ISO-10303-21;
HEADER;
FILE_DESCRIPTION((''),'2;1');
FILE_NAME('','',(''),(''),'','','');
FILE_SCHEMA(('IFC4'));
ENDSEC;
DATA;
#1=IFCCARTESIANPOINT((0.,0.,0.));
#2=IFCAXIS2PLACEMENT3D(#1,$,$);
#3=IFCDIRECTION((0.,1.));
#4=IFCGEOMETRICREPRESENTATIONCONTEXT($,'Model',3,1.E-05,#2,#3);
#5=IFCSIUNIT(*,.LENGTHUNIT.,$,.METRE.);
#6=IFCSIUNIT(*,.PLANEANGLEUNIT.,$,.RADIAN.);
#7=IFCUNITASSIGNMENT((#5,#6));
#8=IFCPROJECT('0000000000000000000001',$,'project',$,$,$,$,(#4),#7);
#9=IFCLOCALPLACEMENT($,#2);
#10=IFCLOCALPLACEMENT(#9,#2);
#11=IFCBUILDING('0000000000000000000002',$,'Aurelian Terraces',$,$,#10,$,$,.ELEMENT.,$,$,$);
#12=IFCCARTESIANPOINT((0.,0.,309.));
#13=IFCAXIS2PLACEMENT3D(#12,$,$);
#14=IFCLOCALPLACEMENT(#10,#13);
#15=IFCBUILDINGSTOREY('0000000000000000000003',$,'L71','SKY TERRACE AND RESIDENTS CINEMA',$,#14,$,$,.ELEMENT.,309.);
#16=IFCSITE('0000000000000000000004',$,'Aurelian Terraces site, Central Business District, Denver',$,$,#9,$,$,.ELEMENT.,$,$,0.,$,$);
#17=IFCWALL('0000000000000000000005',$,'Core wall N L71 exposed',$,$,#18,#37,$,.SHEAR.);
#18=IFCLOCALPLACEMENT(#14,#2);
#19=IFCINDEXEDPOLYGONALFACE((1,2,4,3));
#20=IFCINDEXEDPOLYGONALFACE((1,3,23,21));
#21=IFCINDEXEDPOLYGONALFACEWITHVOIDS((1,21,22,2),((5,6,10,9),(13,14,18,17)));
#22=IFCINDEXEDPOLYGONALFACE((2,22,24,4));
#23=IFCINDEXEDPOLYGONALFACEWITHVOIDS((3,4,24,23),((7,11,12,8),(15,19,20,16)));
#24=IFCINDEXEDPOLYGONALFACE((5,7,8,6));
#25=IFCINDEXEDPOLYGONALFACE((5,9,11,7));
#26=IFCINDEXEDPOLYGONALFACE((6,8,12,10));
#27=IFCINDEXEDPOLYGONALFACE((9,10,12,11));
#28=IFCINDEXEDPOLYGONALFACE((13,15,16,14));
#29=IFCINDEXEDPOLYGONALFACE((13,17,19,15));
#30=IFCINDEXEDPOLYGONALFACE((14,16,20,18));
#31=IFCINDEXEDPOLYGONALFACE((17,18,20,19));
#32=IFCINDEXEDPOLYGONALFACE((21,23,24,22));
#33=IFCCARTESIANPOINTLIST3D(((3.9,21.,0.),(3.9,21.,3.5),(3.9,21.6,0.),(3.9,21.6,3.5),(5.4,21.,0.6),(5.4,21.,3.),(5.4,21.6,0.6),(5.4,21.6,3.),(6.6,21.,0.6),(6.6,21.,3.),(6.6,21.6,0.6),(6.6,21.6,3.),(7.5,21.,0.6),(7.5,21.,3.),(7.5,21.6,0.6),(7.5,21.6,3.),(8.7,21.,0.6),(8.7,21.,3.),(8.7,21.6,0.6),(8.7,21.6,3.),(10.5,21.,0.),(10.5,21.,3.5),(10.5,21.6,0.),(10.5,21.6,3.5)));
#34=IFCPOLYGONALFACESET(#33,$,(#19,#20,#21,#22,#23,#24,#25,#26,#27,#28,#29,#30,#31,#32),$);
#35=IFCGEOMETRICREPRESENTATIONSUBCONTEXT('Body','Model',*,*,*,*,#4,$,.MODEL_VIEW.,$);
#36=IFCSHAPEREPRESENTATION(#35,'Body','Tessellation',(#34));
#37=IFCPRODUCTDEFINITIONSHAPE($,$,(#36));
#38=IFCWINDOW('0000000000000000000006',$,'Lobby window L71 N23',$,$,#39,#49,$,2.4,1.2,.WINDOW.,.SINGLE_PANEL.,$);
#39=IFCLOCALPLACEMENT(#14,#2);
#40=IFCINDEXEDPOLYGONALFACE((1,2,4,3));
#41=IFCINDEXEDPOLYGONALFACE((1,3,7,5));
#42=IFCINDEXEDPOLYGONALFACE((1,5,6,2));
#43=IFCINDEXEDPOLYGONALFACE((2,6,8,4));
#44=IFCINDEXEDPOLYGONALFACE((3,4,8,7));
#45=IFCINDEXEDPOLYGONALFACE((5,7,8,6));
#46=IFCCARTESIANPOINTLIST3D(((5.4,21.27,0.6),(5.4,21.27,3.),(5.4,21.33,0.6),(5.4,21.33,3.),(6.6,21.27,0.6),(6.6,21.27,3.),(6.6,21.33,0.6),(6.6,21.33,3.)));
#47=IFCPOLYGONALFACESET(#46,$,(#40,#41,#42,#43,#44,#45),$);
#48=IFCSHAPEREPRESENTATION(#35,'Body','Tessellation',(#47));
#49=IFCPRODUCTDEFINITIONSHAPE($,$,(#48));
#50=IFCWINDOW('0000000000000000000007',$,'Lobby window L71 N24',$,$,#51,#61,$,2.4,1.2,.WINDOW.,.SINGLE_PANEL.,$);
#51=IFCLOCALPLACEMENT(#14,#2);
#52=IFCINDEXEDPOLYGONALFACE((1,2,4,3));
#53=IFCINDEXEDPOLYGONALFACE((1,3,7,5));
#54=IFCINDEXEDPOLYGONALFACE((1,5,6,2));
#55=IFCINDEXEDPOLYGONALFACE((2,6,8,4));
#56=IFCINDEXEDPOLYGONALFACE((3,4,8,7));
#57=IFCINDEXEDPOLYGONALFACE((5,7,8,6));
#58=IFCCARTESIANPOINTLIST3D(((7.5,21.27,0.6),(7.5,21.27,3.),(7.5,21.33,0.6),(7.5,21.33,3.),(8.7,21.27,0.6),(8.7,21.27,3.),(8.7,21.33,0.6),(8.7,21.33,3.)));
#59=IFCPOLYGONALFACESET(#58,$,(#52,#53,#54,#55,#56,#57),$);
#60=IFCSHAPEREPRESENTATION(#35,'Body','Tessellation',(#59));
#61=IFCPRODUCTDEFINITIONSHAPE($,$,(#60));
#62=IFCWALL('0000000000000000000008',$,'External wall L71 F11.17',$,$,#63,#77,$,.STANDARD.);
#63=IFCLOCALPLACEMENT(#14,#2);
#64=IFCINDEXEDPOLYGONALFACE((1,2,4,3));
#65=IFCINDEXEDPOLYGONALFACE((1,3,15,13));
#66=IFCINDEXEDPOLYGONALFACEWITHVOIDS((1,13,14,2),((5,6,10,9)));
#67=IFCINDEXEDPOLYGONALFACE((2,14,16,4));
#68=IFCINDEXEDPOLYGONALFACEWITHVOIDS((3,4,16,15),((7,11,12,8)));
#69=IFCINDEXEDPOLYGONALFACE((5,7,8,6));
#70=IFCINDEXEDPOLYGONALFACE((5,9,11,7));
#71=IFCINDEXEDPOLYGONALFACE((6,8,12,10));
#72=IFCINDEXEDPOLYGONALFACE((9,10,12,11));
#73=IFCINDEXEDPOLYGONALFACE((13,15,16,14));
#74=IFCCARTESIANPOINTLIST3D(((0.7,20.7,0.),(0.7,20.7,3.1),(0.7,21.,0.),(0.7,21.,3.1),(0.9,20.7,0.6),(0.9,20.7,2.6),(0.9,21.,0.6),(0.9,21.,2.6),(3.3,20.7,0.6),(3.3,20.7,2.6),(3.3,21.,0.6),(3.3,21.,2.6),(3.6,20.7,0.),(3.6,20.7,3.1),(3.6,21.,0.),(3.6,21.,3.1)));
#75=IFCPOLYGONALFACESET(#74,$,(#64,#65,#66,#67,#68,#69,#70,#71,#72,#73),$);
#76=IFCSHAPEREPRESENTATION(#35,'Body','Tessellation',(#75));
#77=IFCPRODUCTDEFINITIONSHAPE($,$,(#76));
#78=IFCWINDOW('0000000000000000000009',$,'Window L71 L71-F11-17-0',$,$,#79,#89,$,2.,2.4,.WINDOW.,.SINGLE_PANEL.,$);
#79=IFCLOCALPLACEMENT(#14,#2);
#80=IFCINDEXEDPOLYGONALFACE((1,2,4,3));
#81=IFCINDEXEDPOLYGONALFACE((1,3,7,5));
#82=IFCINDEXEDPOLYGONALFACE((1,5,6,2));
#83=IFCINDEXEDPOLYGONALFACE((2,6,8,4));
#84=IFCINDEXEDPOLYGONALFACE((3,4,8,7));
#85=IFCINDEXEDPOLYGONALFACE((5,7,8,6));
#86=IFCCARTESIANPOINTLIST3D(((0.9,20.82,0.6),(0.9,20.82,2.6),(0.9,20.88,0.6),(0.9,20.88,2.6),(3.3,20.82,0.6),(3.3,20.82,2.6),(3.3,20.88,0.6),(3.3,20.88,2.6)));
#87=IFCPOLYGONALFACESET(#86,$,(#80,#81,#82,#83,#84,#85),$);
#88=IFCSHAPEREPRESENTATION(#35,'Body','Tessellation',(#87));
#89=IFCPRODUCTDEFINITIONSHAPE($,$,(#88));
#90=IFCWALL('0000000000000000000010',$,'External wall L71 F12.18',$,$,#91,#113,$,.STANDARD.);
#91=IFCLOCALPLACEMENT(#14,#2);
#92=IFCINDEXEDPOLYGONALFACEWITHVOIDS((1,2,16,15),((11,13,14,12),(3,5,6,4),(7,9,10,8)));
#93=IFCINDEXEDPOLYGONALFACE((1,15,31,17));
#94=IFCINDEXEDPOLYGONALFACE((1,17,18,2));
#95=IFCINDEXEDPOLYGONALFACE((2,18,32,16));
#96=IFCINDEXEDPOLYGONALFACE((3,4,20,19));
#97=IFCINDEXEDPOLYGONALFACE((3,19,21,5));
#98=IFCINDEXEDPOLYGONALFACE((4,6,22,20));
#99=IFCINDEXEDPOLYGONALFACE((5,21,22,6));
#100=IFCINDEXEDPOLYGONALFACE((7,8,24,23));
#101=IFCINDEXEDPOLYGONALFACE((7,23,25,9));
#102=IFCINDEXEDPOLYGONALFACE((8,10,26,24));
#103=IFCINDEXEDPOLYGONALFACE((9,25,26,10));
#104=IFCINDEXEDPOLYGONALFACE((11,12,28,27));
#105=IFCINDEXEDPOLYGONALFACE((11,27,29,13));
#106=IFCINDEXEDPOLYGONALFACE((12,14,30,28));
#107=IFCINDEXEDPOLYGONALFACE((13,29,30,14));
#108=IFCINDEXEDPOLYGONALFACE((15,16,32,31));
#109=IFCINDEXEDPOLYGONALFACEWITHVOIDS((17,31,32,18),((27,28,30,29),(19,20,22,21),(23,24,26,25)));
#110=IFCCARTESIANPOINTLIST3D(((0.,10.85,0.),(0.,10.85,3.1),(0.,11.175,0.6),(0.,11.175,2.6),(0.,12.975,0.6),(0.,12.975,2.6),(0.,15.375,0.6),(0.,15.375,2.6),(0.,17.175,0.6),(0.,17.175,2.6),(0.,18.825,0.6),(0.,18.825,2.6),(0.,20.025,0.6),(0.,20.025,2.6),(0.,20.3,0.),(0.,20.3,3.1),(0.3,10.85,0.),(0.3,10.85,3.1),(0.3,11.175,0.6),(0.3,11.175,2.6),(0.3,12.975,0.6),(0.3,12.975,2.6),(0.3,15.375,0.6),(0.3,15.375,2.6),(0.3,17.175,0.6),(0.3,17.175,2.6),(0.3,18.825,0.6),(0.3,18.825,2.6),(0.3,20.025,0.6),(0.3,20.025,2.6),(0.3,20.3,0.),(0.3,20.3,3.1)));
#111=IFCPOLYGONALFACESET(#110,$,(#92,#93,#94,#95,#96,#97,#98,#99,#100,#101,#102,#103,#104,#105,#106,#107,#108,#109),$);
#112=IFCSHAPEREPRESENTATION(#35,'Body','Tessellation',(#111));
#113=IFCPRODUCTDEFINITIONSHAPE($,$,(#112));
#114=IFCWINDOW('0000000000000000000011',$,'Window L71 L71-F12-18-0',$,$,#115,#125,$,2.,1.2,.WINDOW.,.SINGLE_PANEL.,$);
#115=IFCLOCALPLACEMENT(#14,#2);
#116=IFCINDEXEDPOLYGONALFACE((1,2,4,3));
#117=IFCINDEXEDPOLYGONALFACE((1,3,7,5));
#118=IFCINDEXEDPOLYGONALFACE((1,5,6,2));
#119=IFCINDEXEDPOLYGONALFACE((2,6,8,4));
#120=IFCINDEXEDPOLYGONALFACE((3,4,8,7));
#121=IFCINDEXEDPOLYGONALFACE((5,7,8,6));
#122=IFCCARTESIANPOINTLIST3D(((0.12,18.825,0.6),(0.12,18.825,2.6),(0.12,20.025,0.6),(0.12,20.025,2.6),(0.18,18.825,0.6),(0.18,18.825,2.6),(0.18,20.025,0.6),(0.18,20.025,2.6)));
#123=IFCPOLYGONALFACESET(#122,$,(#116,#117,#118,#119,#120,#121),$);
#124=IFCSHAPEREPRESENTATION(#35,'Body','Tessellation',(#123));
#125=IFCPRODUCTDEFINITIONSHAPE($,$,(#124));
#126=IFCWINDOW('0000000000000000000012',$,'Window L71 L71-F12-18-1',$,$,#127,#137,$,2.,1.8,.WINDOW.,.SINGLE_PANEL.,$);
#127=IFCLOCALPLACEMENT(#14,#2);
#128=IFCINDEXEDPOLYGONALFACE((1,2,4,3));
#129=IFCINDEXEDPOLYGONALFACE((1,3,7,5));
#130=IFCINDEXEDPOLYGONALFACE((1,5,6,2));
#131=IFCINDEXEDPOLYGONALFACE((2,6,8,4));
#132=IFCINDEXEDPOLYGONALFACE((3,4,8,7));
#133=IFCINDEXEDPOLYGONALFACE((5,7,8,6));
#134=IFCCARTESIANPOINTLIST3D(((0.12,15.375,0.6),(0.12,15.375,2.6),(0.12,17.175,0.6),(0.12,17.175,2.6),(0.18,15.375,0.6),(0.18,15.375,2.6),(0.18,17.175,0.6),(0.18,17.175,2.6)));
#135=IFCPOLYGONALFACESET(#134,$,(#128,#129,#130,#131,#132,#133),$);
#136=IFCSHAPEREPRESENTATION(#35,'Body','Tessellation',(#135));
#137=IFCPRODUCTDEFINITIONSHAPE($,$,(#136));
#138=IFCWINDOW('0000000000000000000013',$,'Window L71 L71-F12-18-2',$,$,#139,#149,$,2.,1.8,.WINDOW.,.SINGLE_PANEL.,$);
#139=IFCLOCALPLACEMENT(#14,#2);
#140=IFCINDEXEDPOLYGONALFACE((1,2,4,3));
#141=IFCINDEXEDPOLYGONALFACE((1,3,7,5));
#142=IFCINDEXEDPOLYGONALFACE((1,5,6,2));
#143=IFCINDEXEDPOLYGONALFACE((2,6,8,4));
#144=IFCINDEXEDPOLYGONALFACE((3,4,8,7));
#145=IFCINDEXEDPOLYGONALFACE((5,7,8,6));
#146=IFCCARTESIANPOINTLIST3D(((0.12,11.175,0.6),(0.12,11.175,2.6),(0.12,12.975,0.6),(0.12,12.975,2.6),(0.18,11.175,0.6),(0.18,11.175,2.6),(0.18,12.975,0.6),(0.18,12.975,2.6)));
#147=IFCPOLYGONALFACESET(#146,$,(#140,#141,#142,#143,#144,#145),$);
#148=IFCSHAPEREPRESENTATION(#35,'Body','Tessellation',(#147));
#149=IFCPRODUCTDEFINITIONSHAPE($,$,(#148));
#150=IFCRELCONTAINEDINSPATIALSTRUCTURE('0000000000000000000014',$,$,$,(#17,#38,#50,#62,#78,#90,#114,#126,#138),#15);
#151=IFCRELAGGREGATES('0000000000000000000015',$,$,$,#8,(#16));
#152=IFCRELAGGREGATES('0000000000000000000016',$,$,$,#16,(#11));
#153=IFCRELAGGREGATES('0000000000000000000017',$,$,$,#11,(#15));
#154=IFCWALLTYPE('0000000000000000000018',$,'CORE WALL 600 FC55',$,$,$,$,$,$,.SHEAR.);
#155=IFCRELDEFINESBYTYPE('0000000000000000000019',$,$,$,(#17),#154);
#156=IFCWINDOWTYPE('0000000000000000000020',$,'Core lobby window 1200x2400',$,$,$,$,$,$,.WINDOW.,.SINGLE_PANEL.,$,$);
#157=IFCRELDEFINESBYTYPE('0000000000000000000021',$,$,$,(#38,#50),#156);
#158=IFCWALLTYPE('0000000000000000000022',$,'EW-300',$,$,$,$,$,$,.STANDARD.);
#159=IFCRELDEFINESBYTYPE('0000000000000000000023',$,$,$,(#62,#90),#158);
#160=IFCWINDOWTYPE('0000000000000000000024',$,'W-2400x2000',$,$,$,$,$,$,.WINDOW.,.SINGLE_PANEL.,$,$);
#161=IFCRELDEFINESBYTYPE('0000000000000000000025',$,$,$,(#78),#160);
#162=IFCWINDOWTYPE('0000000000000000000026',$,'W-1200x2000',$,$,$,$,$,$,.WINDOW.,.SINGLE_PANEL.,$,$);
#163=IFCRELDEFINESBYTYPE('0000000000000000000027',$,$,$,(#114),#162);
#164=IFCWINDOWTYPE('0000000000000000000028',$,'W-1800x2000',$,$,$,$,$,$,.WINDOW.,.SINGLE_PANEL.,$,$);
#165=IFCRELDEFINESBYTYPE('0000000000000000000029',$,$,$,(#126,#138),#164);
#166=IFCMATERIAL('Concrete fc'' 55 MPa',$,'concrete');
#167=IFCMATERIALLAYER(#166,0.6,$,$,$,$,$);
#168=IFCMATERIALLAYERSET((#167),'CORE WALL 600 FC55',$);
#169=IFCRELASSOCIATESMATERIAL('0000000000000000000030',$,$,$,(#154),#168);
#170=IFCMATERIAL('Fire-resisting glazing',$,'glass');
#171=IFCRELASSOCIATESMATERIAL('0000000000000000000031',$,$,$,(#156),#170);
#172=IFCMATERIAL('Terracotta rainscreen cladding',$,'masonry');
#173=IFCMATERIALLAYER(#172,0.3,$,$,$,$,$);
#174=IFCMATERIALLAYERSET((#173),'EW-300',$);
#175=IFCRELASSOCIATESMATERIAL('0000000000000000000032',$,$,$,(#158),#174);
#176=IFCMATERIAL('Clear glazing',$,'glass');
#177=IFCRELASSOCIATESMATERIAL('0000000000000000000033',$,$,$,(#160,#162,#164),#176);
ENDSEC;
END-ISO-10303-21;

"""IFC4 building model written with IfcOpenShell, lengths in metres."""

from ifc_helpers import new_model, si_unit, direction, frame, frame_2d, origin, place, context, subcontext, project, spatial, rectangle, extrude, source, transform, mapped, material, layer, layer_set, type_object, element, fill, save


model = new_model("IFC4")

# Units and contexts
model_context = context("Model", 3, precision=1e-05, world=origin(), true_north=direction((0.0, 1.0)))
body_context = subcontext(model_context, "Body", "Model", "MODEL_VIEW")
ifc_project = project(units=[si_unit("LENGTHUNIT", "METRE"), si_unit("PLANEANGLEUNIT", "RADIAN")], contexts=[model_context])

# Site, building, storey
site_placement = place(None, origin())
site = spatial("IfcSite", under=ifc_project, at=site_placement, Name="Aurelian Terraces site, Central Business District, Denver", CompositionType="ELEMENT", RefElevation=0.0)
building_placement = place(site_placement, origin())
building = spatial("IfcBuilding", under=site, at=building_placement, Name="Aurelian Terraces", CompositionType="ELEMENT")
storey_placement = place(building_placement, frame((0.0, 0.0, 309.0)))
storey = spatial("IfcBuildingStorey", under=building, at=storey_placement, Name="L71", Description="SKY TERRACE AND RESIDENTS CINEMA", CompositionType="ELEMENT", Elevation=309.0)

# Shared definitions
ifc_material_1 = material(Name="Concrete fc' 55 MPa", Category="concrete")

# Shared definitions
ifc_layer_1 = layer(ifc_material_1, 0.6)
ifc_layer_set_1 = layer_set([ifc_layer_1], Name="CORE WALL 600 FC55")
wall_type_1 = type_object("IfcWallType", Name="CORE WALL 600 FC55", PredefinedType="SHEAR", material=ifc_layer_set_1)

# Wall, openings, windows
shared_shape_1 = source(origin(), body_context, "Body", "SweptSolid", [
    extrude(rectangle(XDim=6.6, YDim=0.6, at=frame_2d((3.3, 0.0))), origin(), (0.0, 0.0, 1.0), 3.5),
])
wall_1_placement = place(storey_placement, frame((3.9, 21.3, 0.0), z_axis=(0.0, 0.0, 1.0), x_axis=(1.0, 0.0, 0.0)))
wall_1 = element("IfcWall", 1, at=wall_1_placement, inside=storey, type_object=wall_type_1, Name="Core wall N L71 exposed", PredefinedType="SHEAR", context=body_context, shape_type="MappedRepresentation", body=[
    mapped(shared_shape_1, transform((0.0, 0.0, 0.0), scale=1.0)),
])
shared_shape_2 = source(origin(), body_context, "Body", "SweptSolid", [
    extrude(rectangle(XDim=1.2, YDim=2.4, at=frame_2d((0.6, 1.2))), frame((0.0, 0.31, 0.0), z_axis=(0.0, -1.0, 0.0), x_axis=(1.0, 0.0, 0.0)), (0.0, 0.0, 1.0), 0.62),
])
opening_1_placement = place(wall_1_placement, frame((1.5, 0.0, 0.6)))
opening_1 = element("IfcOpeningElement", 2, at=opening_1_placement, cuts=wall_1, PredefinedType="OPENING", context=body_context, shape_type="MappedRepresentation", body=[
    mapped(shared_shape_2, transform((0.0, 0.0, 0.0), scale=1.0)),
])
opening_2_placement = place(wall_1_placement, frame((3.6, 0.0, 0.6)))
opening_2 = element("IfcOpeningElement", 3, at=opening_2_placement, cuts=wall_1, PredefinedType="OPENING", context=body_context, shape_type="MappedRepresentation", body=[
    mapped(shared_shape_2, transform((0.0, 0.0, 0.0), scale=1.0)),
])
ifc_material_2 = material(Name="Fire-resisting glazing", Category="glass")
window_type_1 = type_object("IfcWindowType", Name="Core lobby window 1200x2400", PartitioningType="SINGLE_PANEL", PredefinedType="WINDOW", material=ifc_material_2)
shared_shape_3 = source(origin(), body_context, "Body", "SweptSolid", [
    extrude(rectangle(XDim=1.2, YDim=2.4, at=frame_2d((0.6, 1.2))), frame((0.0, 0.03, 0.0), z_axis=(0.0, -1.0, 0.0), x_axis=(1.0, 0.0, 0.0)), (0.0, 0.0, 1.0), 0.06),
])
window_1_placement = place(opening_1_placement, origin())
window_1 = element("IfcWindow", 4, at=window_1_placement, inside=storey, type_object=window_type_1, Name="Lobby window L71 N23", OverallHeight=2.4, OverallWidth=1.2, PartitioningType="SINGLE_PANEL", PredefinedType="WINDOW", context=body_context, shape_type="MappedRepresentation", body=[
    mapped(shared_shape_3, transform((0.0, 0.0, 0.0), scale=1.0)),
])
fill(opening_1, window_1)
window_2_placement = place(opening_2_placement, origin())
window_2 = element("IfcWindow", 5, at=window_2_placement, inside=storey, type_object=window_type_1, Name="Lobby window L71 N24", OverallHeight=2.4, OverallWidth=1.2, PartitioningType="SINGLE_PANEL", PredefinedType="WINDOW", context=body_context, shape_type="MappedRepresentation", body=[
    mapped(shared_shape_3, transform((0.0, 0.0, 0.0), scale=1.0)),
])
fill(opening_2, window_2)

# Wall, opening, window
ifc_material_3 = material(Name="Terracotta rainscreen cladding", Category="masonry")
ifc_layer_2 = layer(ifc_material_3, 0.3)
ifc_layer_set_2 = layer_set([ifc_layer_2], Name="EW-300")
wall_type_2 = type_object("IfcWallType", Name="EW-300", PredefinedType="STANDARD", material=ifc_layer_set_2)
shared_shape_4 = source(origin(), body_context, "Body", "SweptSolid", [
    extrude(rectangle(XDim=2.9, YDim=0.3, at=frame_2d((1.45, 0.0))), origin(), (0.0, 0.0, 1.0), 3.1),
])
wall_2_placement = place(storey_placement, frame((3.6, 20.85, 0.0), z_axis=(0.0, 0.0, 1.0), x_axis=(-1.0, 0.0, 0.0)))
wall_2 = element("IfcWall", 6, at=wall_2_placement, inside=storey, type_object=wall_type_2, Name="External wall L71 F11.17", PredefinedType="STANDARD", context=body_context, shape_type="MappedRepresentation", body=[
    mapped(shared_shape_4, transform((0.0, 0.0, 0.0), scale=1.0)),
])
shared_shape_5 = source(origin(), body_context, "Body", "SweptSolid", [
    extrude(rectangle(XDim=2.4, YDim=2.0, at=frame_2d((1.2, 1.0))), frame((0.0, 0.16, 0.0), z_axis=(0.0, -1.0, 0.0), x_axis=(1.0, 0.0, 0.0)), (0.0, 0.0, 1.0), 0.32),
])
opening_3_placement = place(wall_2_placement, frame((0.3, 0.0, 0.6)))
opening_3 = element("IfcOpeningElement", 7, at=opening_3_placement, cuts=wall_2, PredefinedType="OPENING", context=body_context, shape_type="MappedRepresentation", body=[
    mapped(shared_shape_5, transform((0.0, 0.0, 0.0), scale=1.0)),
])
ifc_material_4 = material(Name="Clear glazing", Category="glass")
window_type_2 = type_object("IfcWindowType", Name="W-2400x2000", PartitioningType="SINGLE_PANEL", PredefinedType="WINDOW", material=ifc_material_4)
shared_shape_6 = source(origin(), body_context, "Body", "SweptSolid", [
    extrude(rectangle(XDim=2.4, YDim=2.0, at=frame_2d((1.2, 1.0))), frame((0.0, 0.03, 0.0), z_axis=(0.0, -1.0, 0.0), x_axis=(1.0, 0.0, 0.0)), (0.0, 0.0, 1.0), 0.06),
])
window_3_placement = place(opening_3_placement, origin())
window_3 = element("IfcWindow", 8, at=window_3_placement, inside=storey, type_object=window_type_2, Name="Window L71 L71-F11-17-0", OverallHeight=2.0, OverallWidth=2.4, PartitioningType="SINGLE_PANEL", PredefinedType="WINDOW", context=body_context, shape_type="MappedRepresentation", body=[
    mapped(shared_shape_6, transform((0.0, 0.0, 0.0), scale=1.0)),
])
fill(opening_3, window_3)

# Wall, openings, windows
shared_shape_7 = source(origin(), body_context, "Body", "SweptSolid", [
    extrude(rectangle(XDim=9.45, YDim=0.3, at=frame_2d((4.725, 0.0))), origin(), (0.0, 0.0, 1.0), 3.1),
])
wall_3_placement = place(storey_placement, frame((0.15, 20.3, 0.0), z_axis=(0.0, 0.0, 1.0), x_axis=(0.0, -1.0, 0.0)))
wall_3 = element("IfcWall", 9, at=wall_3_placement, inside=storey, type_object=wall_type_2, Name="External wall L71 F12.18", PredefinedType="STANDARD", context=body_context, shape_type="MappedRepresentation", body=[
    mapped(shared_shape_7, transform((0.0, 0.0, 0.0), scale=1.0)),
])
shared_shape_8 = source(origin(), body_context, "Body", "SweptSolid", [
    extrude(rectangle(XDim=1.2, YDim=2.0, at=frame_2d((0.6, 1.0))), frame((0.0, 0.16, 0.0), z_axis=(0.0, -1.0, 0.0), x_axis=(1.0, 0.0, 0.0)), (0.0, 0.0, 1.0), 0.32),
])
opening_4_placement = place(wall_3_placement, frame((0.275, 0.0, 0.6)))
opening_4 = element("IfcOpeningElement", 10, at=opening_4_placement, cuts=wall_3, PredefinedType="OPENING", context=body_context, shape_type="MappedRepresentation", body=[
    mapped(shared_shape_8, transform((0.0, 0.0, 0.0), scale=1.0)),
])
shared_shape_9 = source(origin(), body_context, "Body", "SweptSolid", [
    extrude(rectangle(XDim=1.8, YDim=2.0, at=frame_2d((0.9, 1.0))), frame((0.0, 0.16, 0.0), z_axis=(0.0, -1.0, 0.0), x_axis=(1.0, 0.0, 0.0)), (0.0, 0.0, 1.0), 0.32),
])
opening_5_placement = place(wall_3_placement, frame((3.125, 0.0, 0.6)))
opening_5 = element("IfcOpeningElement", 11, at=opening_5_placement, cuts=wall_3, PredefinedType="OPENING", context=body_context, shape_type="MappedRepresentation", body=[
    mapped(shared_shape_9, transform((0.0, 0.0, 0.0), scale=1.0)),
])
opening_6_placement = place(wall_3_placement, frame((7.325, 0.0, 0.6)))
opening_6 = element("IfcOpeningElement", 12, at=opening_6_placement, cuts=wall_3, PredefinedType="OPENING", context=body_context, shape_type="MappedRepresentation", body=[
    mapped(shared_shape_9, transform((0.0, 0.0, 0.0), scale=1.0)),
])
window_type_3 = type_object("IfcWindowType", Name="W-1200x2000", PartitioningType="SINGLE_PANEL", PredefinedType="WINDOW", material=ifc_material_4)
shared_shape_10 = source(origin(), body_context, "Body", "SweptSolid", [
    extrude(rectangle(XDim=1.2, YDim=2.0, at=frame_2d((0.6, 1.0))), frame((0.0, 0.03, 0.0), z_axis=(0.0, -1.0, 0.0), x_axis=(1.0, 0.0, 0.0)), (0.0, 0.0, 1.0), 0.06),
])
window_4_placement = place(opening_4_placement, origin())
window_4 = element("IfcWindow", 13, at=window_4_placement, inside=storey, type_object=window_type_3, Name="Window L71 L71-F12-18-0", OverallHeight=2.0, OverallWidth=1.2, PartitioningType="SINGLE_PANEL", PredefinedType="WINDOW", context=body_context, shape_type="MappedRepresentation", body=[
    mapped(shared_shape_10, transform((0.0, 0.0, 0.0), scale=1.0)),
])
fill(opening_4, window_4)
window_type_4 = type_object("IfcWindowType", Name="W-1800x2000", PartitioningType="SINGLE_PANEL", PredefinedType="WINDOW", material=ifc_material_4)
shared_shape_11 = source(origin(), body_context, "Body", "SweptSolid", [
    extrude(rectangle(XDim=1.8, YDim=2.0, at=frame_2d((0.9, 1.0))), frame((0.0, 0.03, 0.0), z_axis=(0.0, -1.0, 0.0), x_axis=(1.0, 0.0, 0.0)), (0.0, 0.0, 1.0), 0.06),
])
window_5_placement = place(opening_5_placement, origin())
window_5 = element("IfcWindow", 14, at=window_5_placement, inside=storey, type_object=window_type_4, Name="Window L71 L71-F12-18-1", OverallHeight=2.0, OverallWidth=1.8, PartitioningType="SINGLE_PANEL", PredefinedType="WINDOW", context=body_context, shape_type="MappedRepresentation", body=[
    mapped(shared_shape_11, transform((0.0, 0.0, 0.0), scale=1.0)),
])
fill(opening_5, window_5)
window_6_placement = place(opening_6_placement, origin())
window_6 = element("IfcWindow", 15, at=window_6_placement, inside=storey, type_object=window_type_4, Name="Window L71 L71-F12-18-2", OverallHeight=2.0, OverallWidth=1.8, PartitioningType="SINGLE_PANEL", PredefinedType="WINDOW", context=body_context, shape_type="MappedRepresentation", body=[
    mapped(shared_shape_11, transform((0.0, 0.0, 0.0), scale=1.0)),
])
fill(opening_6, window_6)

save(model, "model.ifc")
